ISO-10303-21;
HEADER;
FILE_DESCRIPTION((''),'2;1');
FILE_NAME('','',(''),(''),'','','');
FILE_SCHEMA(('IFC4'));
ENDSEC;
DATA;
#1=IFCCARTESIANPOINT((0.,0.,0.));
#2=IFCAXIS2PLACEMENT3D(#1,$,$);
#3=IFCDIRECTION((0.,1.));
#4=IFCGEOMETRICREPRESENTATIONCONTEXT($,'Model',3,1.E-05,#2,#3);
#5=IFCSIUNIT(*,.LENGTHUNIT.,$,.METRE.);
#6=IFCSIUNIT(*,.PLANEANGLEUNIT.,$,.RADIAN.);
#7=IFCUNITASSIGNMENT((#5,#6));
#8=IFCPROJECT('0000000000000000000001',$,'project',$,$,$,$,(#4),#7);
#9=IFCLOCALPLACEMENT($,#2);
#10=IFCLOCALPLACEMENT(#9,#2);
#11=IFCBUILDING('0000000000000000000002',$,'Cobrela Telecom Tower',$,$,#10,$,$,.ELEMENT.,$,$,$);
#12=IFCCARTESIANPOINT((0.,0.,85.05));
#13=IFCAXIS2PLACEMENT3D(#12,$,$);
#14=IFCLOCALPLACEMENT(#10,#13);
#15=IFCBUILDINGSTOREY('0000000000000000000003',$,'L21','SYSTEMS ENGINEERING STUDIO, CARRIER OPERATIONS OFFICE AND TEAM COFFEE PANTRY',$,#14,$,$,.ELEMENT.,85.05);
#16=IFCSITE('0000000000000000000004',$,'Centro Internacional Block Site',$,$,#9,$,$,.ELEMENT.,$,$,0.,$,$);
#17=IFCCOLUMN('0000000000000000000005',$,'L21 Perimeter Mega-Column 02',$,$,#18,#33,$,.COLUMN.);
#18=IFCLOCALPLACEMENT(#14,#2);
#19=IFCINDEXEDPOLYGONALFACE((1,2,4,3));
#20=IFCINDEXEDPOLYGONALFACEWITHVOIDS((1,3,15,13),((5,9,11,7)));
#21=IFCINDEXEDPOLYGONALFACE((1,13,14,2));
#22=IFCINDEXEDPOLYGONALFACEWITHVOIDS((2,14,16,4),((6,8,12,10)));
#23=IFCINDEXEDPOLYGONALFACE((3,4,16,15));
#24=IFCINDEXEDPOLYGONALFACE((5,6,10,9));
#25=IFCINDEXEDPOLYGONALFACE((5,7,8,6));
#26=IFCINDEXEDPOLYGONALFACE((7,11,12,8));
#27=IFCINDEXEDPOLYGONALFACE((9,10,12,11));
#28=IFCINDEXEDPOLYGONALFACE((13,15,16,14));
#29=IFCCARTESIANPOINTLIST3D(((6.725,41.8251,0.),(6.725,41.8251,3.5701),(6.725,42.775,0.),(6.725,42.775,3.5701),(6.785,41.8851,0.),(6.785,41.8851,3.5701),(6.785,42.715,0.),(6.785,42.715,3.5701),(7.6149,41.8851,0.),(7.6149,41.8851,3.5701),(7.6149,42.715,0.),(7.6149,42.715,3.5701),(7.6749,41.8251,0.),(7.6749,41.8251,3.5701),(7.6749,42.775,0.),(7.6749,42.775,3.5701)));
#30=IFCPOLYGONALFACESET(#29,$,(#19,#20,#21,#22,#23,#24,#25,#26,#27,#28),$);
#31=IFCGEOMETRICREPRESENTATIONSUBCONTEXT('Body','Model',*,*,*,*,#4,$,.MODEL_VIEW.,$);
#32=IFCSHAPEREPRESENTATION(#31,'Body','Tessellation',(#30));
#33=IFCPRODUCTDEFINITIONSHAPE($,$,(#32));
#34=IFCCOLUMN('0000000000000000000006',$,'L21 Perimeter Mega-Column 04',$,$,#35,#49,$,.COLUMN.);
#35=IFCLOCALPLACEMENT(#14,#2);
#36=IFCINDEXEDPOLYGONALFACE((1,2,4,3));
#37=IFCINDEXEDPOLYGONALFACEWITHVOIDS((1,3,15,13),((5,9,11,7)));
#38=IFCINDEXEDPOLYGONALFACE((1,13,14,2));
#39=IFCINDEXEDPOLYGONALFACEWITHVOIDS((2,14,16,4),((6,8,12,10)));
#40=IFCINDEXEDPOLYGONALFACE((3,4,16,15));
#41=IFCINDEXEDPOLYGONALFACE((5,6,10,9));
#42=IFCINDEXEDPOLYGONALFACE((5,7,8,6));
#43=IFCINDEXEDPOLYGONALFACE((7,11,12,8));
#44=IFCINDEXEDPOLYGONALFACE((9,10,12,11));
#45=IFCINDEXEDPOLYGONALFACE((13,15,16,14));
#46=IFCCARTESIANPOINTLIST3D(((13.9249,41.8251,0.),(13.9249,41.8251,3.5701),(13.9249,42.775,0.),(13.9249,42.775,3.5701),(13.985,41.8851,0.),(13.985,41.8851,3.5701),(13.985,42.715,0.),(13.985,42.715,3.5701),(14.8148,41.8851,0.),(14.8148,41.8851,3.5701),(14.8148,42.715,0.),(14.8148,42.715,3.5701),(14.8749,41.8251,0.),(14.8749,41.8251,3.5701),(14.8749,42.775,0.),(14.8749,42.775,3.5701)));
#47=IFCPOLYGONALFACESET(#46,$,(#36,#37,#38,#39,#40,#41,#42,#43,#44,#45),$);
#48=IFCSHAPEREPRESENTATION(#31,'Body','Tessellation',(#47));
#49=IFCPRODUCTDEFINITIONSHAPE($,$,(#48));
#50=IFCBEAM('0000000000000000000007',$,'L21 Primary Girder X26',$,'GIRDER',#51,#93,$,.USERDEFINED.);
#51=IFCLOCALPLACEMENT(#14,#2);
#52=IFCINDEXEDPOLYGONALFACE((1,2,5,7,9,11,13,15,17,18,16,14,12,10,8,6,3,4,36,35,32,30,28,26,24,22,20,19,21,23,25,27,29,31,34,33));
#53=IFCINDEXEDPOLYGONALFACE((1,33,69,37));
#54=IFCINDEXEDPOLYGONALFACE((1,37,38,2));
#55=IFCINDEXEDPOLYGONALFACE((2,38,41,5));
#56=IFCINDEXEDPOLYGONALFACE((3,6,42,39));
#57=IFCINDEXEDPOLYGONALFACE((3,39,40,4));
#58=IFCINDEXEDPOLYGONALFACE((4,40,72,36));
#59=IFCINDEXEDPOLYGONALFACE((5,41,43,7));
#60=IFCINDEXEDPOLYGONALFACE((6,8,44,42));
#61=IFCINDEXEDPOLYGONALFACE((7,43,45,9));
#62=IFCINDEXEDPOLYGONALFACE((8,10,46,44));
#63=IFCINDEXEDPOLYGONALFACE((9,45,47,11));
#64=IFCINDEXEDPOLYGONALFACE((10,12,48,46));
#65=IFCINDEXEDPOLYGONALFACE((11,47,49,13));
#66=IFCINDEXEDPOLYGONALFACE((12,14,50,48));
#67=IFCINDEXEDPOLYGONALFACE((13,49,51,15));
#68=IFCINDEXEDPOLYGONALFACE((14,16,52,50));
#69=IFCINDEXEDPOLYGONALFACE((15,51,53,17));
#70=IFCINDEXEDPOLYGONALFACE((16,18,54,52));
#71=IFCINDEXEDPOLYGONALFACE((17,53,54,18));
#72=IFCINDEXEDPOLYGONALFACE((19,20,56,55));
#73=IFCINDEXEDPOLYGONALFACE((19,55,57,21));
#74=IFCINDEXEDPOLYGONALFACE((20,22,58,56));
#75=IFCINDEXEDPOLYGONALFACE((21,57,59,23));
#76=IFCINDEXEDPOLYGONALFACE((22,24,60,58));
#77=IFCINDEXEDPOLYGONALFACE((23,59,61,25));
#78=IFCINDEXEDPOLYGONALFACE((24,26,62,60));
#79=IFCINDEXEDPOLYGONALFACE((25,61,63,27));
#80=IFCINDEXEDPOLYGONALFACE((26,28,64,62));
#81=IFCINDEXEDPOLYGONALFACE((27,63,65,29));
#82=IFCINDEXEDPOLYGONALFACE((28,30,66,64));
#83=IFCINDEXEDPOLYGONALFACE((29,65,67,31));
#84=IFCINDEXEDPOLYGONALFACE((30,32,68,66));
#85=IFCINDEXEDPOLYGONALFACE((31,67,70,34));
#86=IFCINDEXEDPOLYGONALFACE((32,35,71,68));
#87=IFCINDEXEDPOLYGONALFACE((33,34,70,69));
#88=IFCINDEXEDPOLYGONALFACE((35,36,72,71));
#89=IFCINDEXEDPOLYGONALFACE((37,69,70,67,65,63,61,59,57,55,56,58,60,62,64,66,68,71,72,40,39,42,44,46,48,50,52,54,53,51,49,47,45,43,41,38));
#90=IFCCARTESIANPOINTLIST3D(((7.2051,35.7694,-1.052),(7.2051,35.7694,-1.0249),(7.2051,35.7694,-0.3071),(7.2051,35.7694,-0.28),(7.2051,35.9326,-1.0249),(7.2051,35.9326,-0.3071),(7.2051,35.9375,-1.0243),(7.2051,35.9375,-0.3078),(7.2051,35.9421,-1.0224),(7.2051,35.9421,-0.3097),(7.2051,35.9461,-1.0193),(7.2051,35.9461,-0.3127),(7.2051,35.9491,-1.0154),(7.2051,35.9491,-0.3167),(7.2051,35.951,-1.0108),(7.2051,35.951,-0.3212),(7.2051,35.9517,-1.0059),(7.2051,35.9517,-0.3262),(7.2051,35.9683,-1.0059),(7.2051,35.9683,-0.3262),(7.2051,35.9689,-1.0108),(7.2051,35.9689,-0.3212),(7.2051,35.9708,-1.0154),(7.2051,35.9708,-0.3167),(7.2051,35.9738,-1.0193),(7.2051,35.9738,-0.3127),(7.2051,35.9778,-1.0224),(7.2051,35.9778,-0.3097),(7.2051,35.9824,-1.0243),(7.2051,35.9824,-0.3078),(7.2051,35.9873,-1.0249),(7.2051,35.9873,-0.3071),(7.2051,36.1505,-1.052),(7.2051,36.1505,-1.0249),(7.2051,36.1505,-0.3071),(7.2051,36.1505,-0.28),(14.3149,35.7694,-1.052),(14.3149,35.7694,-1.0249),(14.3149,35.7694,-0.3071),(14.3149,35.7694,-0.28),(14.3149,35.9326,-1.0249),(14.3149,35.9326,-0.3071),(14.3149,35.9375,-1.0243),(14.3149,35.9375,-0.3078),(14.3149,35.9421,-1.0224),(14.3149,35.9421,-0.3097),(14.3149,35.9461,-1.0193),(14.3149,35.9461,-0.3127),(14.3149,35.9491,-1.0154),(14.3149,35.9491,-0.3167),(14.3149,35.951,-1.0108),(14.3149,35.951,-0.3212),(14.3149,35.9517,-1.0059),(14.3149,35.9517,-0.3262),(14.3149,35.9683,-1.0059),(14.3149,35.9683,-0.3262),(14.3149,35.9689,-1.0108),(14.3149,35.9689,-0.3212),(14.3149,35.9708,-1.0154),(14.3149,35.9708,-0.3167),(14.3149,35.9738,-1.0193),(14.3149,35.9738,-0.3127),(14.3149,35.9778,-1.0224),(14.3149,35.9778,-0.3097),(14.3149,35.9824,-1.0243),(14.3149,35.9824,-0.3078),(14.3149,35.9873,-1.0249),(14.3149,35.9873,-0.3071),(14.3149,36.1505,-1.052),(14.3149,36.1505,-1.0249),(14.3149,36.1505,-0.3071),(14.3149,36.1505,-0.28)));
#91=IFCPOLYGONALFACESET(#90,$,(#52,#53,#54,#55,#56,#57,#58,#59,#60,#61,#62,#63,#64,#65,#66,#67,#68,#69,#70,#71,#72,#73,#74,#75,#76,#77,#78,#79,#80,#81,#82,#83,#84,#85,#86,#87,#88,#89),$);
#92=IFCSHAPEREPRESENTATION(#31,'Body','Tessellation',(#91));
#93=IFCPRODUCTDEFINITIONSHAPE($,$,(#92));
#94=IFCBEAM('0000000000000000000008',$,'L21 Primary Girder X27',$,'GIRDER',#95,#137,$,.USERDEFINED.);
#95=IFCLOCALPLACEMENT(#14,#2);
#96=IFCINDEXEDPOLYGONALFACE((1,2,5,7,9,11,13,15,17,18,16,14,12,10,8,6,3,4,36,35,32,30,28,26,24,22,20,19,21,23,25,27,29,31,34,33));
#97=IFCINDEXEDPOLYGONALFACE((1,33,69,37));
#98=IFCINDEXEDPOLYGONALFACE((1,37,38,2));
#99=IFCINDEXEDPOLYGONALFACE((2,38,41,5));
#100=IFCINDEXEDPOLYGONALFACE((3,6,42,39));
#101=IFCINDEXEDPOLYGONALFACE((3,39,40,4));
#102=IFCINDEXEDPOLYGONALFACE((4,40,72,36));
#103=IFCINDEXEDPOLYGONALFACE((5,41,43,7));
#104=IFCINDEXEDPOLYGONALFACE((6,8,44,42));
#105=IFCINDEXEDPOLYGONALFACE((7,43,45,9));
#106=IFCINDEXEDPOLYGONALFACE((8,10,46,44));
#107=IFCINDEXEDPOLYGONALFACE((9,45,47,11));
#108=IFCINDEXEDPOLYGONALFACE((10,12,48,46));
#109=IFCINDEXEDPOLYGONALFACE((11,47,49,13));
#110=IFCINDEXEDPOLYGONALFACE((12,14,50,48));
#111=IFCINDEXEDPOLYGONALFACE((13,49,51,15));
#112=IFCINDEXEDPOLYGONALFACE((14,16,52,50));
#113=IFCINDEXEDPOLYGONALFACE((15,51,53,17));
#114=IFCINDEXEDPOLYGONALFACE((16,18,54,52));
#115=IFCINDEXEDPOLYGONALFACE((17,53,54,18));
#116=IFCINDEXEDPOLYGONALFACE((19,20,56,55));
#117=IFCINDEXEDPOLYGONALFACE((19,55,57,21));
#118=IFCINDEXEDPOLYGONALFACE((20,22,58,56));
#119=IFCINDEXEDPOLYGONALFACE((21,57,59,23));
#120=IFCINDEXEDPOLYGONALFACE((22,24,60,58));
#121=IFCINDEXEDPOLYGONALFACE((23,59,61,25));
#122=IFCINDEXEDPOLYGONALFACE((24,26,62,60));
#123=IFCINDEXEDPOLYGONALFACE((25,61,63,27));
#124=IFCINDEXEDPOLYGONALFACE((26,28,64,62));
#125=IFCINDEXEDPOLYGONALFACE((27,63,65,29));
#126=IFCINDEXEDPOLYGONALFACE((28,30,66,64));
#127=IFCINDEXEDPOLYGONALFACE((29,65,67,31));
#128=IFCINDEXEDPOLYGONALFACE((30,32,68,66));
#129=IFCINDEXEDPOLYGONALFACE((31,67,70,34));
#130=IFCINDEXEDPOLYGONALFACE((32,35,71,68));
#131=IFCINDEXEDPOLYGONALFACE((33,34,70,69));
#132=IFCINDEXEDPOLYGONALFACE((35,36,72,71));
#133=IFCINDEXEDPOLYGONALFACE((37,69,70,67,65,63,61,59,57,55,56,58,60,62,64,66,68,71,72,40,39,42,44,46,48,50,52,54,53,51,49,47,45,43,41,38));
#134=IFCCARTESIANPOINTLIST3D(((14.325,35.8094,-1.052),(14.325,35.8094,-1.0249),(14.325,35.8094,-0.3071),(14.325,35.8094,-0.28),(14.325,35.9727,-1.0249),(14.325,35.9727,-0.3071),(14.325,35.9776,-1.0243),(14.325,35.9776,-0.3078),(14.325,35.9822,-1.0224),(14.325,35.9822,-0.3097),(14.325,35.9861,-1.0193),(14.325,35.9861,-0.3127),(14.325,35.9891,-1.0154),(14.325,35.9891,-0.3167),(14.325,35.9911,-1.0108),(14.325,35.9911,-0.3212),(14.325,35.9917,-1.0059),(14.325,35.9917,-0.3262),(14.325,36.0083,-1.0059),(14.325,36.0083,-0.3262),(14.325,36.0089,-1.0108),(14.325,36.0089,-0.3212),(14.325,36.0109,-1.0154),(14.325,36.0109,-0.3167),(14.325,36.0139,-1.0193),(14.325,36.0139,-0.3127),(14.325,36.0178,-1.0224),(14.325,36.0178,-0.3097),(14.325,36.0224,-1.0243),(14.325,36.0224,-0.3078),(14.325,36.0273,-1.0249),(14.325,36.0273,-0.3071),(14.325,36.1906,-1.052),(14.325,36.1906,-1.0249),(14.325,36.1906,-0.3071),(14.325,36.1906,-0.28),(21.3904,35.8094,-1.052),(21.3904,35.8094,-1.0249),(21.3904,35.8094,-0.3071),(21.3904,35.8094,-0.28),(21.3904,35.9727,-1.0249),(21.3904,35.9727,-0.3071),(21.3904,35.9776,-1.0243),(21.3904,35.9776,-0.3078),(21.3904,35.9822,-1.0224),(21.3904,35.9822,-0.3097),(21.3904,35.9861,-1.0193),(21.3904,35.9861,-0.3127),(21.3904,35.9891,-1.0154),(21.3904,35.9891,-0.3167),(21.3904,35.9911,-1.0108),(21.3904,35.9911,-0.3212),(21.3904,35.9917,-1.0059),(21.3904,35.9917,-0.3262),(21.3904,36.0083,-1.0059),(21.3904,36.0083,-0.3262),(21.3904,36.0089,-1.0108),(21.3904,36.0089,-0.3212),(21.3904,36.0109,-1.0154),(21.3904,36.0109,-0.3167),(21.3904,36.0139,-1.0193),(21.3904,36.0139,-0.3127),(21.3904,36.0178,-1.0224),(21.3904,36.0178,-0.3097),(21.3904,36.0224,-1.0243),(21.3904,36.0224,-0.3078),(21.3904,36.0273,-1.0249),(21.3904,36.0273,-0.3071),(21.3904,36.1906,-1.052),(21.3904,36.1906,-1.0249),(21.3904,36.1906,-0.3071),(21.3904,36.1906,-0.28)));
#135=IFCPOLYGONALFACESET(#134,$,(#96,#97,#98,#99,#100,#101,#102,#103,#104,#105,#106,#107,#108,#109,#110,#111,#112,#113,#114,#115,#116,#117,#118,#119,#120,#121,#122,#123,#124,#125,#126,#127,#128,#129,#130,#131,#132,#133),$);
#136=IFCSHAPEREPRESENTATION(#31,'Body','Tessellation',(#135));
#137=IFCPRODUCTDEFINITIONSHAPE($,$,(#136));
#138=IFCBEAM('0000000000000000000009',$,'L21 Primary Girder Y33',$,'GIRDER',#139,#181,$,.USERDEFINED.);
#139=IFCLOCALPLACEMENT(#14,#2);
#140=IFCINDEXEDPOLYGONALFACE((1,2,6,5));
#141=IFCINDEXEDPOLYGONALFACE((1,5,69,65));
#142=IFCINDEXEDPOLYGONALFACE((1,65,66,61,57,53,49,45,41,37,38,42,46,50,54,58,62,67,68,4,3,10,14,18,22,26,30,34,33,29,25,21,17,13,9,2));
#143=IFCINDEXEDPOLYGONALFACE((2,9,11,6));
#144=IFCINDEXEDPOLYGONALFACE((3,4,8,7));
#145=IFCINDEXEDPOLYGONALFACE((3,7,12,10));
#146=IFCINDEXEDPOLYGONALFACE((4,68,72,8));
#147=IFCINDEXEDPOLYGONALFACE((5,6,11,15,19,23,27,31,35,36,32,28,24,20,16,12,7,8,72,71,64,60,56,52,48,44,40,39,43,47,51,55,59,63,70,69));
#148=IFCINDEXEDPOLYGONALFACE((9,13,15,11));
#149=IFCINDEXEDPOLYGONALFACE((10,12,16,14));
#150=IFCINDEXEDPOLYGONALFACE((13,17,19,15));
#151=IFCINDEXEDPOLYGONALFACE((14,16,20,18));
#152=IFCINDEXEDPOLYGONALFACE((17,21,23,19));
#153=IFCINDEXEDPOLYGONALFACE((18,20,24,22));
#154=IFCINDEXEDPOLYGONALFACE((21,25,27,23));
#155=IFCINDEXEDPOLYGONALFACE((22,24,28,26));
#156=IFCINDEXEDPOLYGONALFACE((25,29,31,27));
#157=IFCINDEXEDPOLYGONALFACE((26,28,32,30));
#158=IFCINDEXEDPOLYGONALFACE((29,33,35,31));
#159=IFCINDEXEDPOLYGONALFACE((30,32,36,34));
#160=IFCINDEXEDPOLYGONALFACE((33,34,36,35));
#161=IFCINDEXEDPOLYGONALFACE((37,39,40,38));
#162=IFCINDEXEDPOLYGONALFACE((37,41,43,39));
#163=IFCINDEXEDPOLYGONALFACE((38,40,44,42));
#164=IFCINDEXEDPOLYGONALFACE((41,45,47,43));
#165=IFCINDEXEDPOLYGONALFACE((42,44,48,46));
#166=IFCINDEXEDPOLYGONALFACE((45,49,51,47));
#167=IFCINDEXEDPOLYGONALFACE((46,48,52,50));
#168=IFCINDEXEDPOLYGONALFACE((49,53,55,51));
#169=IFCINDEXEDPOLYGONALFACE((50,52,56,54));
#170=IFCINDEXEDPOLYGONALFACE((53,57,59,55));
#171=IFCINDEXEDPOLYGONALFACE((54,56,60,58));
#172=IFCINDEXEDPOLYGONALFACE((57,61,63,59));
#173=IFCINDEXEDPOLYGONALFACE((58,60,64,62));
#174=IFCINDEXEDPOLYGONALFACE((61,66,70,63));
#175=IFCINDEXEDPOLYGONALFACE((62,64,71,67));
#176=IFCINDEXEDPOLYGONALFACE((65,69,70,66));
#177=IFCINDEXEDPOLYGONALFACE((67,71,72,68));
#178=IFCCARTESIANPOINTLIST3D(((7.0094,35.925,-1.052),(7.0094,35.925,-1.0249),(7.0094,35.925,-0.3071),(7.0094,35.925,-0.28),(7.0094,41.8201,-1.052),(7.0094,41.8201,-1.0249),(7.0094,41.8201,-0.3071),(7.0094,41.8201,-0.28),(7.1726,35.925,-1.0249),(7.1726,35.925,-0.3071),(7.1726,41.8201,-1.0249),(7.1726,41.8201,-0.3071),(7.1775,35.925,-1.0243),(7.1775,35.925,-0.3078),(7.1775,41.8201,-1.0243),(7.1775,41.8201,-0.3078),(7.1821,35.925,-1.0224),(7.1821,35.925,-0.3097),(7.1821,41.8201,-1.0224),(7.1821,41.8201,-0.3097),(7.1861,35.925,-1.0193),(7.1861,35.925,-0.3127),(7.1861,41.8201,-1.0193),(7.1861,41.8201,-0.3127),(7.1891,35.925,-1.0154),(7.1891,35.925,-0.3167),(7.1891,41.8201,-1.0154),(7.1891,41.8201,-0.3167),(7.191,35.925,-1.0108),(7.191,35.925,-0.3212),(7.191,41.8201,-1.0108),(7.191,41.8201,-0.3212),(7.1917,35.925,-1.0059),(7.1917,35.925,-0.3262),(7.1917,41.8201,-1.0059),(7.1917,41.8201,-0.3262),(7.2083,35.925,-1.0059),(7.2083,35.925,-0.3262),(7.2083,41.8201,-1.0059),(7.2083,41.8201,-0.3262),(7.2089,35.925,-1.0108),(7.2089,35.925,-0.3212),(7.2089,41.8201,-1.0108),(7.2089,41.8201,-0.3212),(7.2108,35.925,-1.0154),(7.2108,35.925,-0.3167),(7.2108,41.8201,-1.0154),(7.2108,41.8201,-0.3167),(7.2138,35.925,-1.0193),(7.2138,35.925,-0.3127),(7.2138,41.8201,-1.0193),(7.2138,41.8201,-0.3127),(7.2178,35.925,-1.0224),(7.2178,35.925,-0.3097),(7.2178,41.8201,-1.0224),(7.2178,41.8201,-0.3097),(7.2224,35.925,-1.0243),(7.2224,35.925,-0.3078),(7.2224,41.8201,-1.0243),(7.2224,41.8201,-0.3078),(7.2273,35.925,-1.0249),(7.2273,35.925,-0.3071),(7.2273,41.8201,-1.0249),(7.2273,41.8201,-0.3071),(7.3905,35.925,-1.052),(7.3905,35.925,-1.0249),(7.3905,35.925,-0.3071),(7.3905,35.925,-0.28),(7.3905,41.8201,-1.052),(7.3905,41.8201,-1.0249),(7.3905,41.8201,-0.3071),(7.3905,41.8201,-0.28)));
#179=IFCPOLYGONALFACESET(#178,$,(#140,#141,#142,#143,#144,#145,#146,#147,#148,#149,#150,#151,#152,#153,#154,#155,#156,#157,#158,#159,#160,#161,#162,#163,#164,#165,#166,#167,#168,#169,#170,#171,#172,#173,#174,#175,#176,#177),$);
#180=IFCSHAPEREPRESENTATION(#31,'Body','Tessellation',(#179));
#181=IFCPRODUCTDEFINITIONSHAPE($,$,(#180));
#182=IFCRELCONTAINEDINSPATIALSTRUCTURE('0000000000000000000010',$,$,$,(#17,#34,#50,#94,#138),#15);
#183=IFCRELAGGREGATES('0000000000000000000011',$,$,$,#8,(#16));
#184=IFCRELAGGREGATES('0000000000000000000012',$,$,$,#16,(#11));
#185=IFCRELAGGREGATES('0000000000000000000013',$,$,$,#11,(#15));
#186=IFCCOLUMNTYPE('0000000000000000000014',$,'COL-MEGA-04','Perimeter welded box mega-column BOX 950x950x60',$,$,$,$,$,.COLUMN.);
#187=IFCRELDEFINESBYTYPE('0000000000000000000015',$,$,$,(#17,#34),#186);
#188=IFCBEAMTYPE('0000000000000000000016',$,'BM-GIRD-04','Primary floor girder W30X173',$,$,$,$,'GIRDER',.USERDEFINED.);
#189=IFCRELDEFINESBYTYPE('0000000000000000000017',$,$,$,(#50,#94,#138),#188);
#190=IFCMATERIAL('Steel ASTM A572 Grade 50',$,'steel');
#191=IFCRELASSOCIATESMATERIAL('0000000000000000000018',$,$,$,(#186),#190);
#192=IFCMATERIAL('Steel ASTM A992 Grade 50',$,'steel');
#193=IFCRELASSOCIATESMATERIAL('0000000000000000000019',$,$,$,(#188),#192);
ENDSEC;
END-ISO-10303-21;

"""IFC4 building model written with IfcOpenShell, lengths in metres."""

from ifc_helpers import new_model, si_unit, direction, frame, origin, origin_2d, place, context, subcontext, project, spatial, hollow_rectangle, i_section, extrude, material, material_profile, profile_set, type_object, element, save


model = new_model("IFC4")

# Units and contexts
model_context = context("Model", 3, precision=1e-05, world=origin(), true_north=direction((0.0, 1.0)))
body_context = subcontext(model_context, "Body", "Model", "MODEL_VIEW")
ifc_project = project(units=[si_unit("LENGTHUNIT", "METRE"), si_unit("PLANEANGLEUNIT", "RADIAN")], contexts=[model_context])

# Site, building, storey
site_placement = place(None, origin())
site = spatial("IfcSite", under=ifc_project, at=site_placement, Name="Centro Internacional Block Site", CompositionType="ELEMENT", RefElevation=0.0)
building_placement = place(site_placement, origin())
building = spatial("IfcBuilding", under=site, at=building_placement, Name="Cobrela Telecom Tower", CompositionType="ELEMENT")
storey_placement = place(building_placement, frame((0.0, 0.0, 85.05)))
storey = spatial("IfcBuildingStorey", under=building, at=storey_placement, Name="L21", Description="SYSTEMS ENGINEERING STUDIO, CARRIER OPERATIONS OFFICE AND TEAM COFFEE PANTRY", CompositionType="ELEMENT", Elevation=85.05)

# Columns
ifc_material_1 = material(Name="Steel ASTM A572 Grade 50", Category="steel")
ifc_material_profile_1 = material_profile(ifc_material_1, hollow_rectangle(XDim=0.95, YDim=0.95, WallThickness=0.0601, at=origin_2d()), Name="BOX 950x950x60")
ifc_profile_set_1 = profile_set([ifc_material_profile_1], Name="Steel ASTM A572 Grade 50")
column_type = type_object("IfcColumnType", Name="COL-MEGA-04", Description="Perimeter welded box mega-column BOX 950x950x60", PredefinedType="COLUMN", material=ifc_profile_set_1)
for number, where, z_axis, x_axis, name in (
    (1, (7.2, 42.3, 0.0), (0.0, 0.0, 1.0), (1.0, 0.0, 0.0), "L21 Perimeter Mega-Column 02"),
    (2, (14.3999, 42.3, 0.0), (0.0, 0.0, 1.0), (1.0, 0.0, 0.0), "L21 Perimeter Mega-Column 04"),
):
    element("IfcColumn", number, at=place(storey_placement, frame(where, z_axis=z_axis, x_axis=x_axis)), inside=storey, type_object=column_type, Name=name, PredefinedType="COLUMN", context=body_context, shape_type="SweptSolid", body=[
        extrude(hollow_rectangle(XDim=0.95, YDim=0.95, WallThickness=0.0601, at=origin_2d()), origin(), (0.0, 0.0, 1.0), 3.5701),
    ])

# Beams
ifc_material_2 = material(Name="Steel ASTM A992 Grade 50", Category="steel")
ifc_material_profile_2 = material_profile(ifc_material_2, i_section(OverallWidth=0.3811, OverallDepth=0.772, WebThickness=0.0166, FlangeThickness=0.0271, FilletRadius=0.019, at=origin_2d()), Name="W30X173")
ifc_profile_set_2 = profile_set([ifc_material_profile_2], Name="Steel ASTM A992 Grade 50")
beam_type_1 = type_object("IfcBeamType", Name="BM-GIRD-04", Description="Primary floor girder W30X173", ElementType="GIRDER", PredefinedType="USERDEFINED", material=ifc_profile_set_2)
beam_1_placement = place(storey_placement, frame((7.2051, 35.96, -0.666), z_axis=(1.0, 0.0, 0.0), x_axis=(0.0, 1.0, 0.0)))
element("IfcBeam", 3, at=beam_1_placement, inside=storey, type_object=beam_type_1, Name="L21 Primary Girder X26", ObjectType="GIRDER", PredefinedType="USERDEFINED", context=body_context, shape_type="SweptSolid", body=[
    extrude(i_section(OverallWidth=0.3811, OverallDepth=0.772, WebThickness=0.0166, FlangeThickness=0.0271, FilletRadius=0.019, at=origin_2d()), origin(), (0.0, 0.0, 1.0), 7.1099),
])
beam_2_placement = place(storey_placement, frame((14.325, 36.0, -0.666), z_axis=(1.0, 0.0, 0.0), x_axis=(0.0, 1.0, 0.0)))
element("IfcBeam", 4, at=beam_2_placement, inside=storey, type_object=beam_type_1, Name="L21 Primary Girder X27", ObjectType="GIRDER", PredefinedType="USERDEFINED", context=body_context, shape_type="SweptSolid", body=[
    extrude(i_section(OverallWidth=0.3811, OverallDepth=0.772, WebThickness=0.0166, FlangeThickness=0.0271, FilletRadius=0.019, at=origin_2d()), origin(), (0.0, 0.0, 1.0), 7.0654),
])
for number, where, z_axis, x_axis, name in (
    (5, (7.2, 35.925, -0.666), (0.0, 1.0, 0.0), (-1.0, 0.0, 0.0), "L21 Primary Girder Y33"),
):
    element("IfcBeam", number, at=place(storey_placement, frame(where, z_axis=z_axis, x_axis=x_axis)), inside=storey, type_object=beam_type_1, Name=name, ObjectType="GIRDER", PredefinedType="USERDEFINED", context=body_context, shape_type="SweptSolid", body=[
        extrude(i_section(OverallWidth=0.3811, OverallDepth=0.772, WebThickness=0.0166, FlangeThickness=0.0271, FilletRadius=0.019, at=origin_2d()), origin(), (0.0, 0.0, 1.0), 5.895),
    ])

save(model, "model.ifc")
